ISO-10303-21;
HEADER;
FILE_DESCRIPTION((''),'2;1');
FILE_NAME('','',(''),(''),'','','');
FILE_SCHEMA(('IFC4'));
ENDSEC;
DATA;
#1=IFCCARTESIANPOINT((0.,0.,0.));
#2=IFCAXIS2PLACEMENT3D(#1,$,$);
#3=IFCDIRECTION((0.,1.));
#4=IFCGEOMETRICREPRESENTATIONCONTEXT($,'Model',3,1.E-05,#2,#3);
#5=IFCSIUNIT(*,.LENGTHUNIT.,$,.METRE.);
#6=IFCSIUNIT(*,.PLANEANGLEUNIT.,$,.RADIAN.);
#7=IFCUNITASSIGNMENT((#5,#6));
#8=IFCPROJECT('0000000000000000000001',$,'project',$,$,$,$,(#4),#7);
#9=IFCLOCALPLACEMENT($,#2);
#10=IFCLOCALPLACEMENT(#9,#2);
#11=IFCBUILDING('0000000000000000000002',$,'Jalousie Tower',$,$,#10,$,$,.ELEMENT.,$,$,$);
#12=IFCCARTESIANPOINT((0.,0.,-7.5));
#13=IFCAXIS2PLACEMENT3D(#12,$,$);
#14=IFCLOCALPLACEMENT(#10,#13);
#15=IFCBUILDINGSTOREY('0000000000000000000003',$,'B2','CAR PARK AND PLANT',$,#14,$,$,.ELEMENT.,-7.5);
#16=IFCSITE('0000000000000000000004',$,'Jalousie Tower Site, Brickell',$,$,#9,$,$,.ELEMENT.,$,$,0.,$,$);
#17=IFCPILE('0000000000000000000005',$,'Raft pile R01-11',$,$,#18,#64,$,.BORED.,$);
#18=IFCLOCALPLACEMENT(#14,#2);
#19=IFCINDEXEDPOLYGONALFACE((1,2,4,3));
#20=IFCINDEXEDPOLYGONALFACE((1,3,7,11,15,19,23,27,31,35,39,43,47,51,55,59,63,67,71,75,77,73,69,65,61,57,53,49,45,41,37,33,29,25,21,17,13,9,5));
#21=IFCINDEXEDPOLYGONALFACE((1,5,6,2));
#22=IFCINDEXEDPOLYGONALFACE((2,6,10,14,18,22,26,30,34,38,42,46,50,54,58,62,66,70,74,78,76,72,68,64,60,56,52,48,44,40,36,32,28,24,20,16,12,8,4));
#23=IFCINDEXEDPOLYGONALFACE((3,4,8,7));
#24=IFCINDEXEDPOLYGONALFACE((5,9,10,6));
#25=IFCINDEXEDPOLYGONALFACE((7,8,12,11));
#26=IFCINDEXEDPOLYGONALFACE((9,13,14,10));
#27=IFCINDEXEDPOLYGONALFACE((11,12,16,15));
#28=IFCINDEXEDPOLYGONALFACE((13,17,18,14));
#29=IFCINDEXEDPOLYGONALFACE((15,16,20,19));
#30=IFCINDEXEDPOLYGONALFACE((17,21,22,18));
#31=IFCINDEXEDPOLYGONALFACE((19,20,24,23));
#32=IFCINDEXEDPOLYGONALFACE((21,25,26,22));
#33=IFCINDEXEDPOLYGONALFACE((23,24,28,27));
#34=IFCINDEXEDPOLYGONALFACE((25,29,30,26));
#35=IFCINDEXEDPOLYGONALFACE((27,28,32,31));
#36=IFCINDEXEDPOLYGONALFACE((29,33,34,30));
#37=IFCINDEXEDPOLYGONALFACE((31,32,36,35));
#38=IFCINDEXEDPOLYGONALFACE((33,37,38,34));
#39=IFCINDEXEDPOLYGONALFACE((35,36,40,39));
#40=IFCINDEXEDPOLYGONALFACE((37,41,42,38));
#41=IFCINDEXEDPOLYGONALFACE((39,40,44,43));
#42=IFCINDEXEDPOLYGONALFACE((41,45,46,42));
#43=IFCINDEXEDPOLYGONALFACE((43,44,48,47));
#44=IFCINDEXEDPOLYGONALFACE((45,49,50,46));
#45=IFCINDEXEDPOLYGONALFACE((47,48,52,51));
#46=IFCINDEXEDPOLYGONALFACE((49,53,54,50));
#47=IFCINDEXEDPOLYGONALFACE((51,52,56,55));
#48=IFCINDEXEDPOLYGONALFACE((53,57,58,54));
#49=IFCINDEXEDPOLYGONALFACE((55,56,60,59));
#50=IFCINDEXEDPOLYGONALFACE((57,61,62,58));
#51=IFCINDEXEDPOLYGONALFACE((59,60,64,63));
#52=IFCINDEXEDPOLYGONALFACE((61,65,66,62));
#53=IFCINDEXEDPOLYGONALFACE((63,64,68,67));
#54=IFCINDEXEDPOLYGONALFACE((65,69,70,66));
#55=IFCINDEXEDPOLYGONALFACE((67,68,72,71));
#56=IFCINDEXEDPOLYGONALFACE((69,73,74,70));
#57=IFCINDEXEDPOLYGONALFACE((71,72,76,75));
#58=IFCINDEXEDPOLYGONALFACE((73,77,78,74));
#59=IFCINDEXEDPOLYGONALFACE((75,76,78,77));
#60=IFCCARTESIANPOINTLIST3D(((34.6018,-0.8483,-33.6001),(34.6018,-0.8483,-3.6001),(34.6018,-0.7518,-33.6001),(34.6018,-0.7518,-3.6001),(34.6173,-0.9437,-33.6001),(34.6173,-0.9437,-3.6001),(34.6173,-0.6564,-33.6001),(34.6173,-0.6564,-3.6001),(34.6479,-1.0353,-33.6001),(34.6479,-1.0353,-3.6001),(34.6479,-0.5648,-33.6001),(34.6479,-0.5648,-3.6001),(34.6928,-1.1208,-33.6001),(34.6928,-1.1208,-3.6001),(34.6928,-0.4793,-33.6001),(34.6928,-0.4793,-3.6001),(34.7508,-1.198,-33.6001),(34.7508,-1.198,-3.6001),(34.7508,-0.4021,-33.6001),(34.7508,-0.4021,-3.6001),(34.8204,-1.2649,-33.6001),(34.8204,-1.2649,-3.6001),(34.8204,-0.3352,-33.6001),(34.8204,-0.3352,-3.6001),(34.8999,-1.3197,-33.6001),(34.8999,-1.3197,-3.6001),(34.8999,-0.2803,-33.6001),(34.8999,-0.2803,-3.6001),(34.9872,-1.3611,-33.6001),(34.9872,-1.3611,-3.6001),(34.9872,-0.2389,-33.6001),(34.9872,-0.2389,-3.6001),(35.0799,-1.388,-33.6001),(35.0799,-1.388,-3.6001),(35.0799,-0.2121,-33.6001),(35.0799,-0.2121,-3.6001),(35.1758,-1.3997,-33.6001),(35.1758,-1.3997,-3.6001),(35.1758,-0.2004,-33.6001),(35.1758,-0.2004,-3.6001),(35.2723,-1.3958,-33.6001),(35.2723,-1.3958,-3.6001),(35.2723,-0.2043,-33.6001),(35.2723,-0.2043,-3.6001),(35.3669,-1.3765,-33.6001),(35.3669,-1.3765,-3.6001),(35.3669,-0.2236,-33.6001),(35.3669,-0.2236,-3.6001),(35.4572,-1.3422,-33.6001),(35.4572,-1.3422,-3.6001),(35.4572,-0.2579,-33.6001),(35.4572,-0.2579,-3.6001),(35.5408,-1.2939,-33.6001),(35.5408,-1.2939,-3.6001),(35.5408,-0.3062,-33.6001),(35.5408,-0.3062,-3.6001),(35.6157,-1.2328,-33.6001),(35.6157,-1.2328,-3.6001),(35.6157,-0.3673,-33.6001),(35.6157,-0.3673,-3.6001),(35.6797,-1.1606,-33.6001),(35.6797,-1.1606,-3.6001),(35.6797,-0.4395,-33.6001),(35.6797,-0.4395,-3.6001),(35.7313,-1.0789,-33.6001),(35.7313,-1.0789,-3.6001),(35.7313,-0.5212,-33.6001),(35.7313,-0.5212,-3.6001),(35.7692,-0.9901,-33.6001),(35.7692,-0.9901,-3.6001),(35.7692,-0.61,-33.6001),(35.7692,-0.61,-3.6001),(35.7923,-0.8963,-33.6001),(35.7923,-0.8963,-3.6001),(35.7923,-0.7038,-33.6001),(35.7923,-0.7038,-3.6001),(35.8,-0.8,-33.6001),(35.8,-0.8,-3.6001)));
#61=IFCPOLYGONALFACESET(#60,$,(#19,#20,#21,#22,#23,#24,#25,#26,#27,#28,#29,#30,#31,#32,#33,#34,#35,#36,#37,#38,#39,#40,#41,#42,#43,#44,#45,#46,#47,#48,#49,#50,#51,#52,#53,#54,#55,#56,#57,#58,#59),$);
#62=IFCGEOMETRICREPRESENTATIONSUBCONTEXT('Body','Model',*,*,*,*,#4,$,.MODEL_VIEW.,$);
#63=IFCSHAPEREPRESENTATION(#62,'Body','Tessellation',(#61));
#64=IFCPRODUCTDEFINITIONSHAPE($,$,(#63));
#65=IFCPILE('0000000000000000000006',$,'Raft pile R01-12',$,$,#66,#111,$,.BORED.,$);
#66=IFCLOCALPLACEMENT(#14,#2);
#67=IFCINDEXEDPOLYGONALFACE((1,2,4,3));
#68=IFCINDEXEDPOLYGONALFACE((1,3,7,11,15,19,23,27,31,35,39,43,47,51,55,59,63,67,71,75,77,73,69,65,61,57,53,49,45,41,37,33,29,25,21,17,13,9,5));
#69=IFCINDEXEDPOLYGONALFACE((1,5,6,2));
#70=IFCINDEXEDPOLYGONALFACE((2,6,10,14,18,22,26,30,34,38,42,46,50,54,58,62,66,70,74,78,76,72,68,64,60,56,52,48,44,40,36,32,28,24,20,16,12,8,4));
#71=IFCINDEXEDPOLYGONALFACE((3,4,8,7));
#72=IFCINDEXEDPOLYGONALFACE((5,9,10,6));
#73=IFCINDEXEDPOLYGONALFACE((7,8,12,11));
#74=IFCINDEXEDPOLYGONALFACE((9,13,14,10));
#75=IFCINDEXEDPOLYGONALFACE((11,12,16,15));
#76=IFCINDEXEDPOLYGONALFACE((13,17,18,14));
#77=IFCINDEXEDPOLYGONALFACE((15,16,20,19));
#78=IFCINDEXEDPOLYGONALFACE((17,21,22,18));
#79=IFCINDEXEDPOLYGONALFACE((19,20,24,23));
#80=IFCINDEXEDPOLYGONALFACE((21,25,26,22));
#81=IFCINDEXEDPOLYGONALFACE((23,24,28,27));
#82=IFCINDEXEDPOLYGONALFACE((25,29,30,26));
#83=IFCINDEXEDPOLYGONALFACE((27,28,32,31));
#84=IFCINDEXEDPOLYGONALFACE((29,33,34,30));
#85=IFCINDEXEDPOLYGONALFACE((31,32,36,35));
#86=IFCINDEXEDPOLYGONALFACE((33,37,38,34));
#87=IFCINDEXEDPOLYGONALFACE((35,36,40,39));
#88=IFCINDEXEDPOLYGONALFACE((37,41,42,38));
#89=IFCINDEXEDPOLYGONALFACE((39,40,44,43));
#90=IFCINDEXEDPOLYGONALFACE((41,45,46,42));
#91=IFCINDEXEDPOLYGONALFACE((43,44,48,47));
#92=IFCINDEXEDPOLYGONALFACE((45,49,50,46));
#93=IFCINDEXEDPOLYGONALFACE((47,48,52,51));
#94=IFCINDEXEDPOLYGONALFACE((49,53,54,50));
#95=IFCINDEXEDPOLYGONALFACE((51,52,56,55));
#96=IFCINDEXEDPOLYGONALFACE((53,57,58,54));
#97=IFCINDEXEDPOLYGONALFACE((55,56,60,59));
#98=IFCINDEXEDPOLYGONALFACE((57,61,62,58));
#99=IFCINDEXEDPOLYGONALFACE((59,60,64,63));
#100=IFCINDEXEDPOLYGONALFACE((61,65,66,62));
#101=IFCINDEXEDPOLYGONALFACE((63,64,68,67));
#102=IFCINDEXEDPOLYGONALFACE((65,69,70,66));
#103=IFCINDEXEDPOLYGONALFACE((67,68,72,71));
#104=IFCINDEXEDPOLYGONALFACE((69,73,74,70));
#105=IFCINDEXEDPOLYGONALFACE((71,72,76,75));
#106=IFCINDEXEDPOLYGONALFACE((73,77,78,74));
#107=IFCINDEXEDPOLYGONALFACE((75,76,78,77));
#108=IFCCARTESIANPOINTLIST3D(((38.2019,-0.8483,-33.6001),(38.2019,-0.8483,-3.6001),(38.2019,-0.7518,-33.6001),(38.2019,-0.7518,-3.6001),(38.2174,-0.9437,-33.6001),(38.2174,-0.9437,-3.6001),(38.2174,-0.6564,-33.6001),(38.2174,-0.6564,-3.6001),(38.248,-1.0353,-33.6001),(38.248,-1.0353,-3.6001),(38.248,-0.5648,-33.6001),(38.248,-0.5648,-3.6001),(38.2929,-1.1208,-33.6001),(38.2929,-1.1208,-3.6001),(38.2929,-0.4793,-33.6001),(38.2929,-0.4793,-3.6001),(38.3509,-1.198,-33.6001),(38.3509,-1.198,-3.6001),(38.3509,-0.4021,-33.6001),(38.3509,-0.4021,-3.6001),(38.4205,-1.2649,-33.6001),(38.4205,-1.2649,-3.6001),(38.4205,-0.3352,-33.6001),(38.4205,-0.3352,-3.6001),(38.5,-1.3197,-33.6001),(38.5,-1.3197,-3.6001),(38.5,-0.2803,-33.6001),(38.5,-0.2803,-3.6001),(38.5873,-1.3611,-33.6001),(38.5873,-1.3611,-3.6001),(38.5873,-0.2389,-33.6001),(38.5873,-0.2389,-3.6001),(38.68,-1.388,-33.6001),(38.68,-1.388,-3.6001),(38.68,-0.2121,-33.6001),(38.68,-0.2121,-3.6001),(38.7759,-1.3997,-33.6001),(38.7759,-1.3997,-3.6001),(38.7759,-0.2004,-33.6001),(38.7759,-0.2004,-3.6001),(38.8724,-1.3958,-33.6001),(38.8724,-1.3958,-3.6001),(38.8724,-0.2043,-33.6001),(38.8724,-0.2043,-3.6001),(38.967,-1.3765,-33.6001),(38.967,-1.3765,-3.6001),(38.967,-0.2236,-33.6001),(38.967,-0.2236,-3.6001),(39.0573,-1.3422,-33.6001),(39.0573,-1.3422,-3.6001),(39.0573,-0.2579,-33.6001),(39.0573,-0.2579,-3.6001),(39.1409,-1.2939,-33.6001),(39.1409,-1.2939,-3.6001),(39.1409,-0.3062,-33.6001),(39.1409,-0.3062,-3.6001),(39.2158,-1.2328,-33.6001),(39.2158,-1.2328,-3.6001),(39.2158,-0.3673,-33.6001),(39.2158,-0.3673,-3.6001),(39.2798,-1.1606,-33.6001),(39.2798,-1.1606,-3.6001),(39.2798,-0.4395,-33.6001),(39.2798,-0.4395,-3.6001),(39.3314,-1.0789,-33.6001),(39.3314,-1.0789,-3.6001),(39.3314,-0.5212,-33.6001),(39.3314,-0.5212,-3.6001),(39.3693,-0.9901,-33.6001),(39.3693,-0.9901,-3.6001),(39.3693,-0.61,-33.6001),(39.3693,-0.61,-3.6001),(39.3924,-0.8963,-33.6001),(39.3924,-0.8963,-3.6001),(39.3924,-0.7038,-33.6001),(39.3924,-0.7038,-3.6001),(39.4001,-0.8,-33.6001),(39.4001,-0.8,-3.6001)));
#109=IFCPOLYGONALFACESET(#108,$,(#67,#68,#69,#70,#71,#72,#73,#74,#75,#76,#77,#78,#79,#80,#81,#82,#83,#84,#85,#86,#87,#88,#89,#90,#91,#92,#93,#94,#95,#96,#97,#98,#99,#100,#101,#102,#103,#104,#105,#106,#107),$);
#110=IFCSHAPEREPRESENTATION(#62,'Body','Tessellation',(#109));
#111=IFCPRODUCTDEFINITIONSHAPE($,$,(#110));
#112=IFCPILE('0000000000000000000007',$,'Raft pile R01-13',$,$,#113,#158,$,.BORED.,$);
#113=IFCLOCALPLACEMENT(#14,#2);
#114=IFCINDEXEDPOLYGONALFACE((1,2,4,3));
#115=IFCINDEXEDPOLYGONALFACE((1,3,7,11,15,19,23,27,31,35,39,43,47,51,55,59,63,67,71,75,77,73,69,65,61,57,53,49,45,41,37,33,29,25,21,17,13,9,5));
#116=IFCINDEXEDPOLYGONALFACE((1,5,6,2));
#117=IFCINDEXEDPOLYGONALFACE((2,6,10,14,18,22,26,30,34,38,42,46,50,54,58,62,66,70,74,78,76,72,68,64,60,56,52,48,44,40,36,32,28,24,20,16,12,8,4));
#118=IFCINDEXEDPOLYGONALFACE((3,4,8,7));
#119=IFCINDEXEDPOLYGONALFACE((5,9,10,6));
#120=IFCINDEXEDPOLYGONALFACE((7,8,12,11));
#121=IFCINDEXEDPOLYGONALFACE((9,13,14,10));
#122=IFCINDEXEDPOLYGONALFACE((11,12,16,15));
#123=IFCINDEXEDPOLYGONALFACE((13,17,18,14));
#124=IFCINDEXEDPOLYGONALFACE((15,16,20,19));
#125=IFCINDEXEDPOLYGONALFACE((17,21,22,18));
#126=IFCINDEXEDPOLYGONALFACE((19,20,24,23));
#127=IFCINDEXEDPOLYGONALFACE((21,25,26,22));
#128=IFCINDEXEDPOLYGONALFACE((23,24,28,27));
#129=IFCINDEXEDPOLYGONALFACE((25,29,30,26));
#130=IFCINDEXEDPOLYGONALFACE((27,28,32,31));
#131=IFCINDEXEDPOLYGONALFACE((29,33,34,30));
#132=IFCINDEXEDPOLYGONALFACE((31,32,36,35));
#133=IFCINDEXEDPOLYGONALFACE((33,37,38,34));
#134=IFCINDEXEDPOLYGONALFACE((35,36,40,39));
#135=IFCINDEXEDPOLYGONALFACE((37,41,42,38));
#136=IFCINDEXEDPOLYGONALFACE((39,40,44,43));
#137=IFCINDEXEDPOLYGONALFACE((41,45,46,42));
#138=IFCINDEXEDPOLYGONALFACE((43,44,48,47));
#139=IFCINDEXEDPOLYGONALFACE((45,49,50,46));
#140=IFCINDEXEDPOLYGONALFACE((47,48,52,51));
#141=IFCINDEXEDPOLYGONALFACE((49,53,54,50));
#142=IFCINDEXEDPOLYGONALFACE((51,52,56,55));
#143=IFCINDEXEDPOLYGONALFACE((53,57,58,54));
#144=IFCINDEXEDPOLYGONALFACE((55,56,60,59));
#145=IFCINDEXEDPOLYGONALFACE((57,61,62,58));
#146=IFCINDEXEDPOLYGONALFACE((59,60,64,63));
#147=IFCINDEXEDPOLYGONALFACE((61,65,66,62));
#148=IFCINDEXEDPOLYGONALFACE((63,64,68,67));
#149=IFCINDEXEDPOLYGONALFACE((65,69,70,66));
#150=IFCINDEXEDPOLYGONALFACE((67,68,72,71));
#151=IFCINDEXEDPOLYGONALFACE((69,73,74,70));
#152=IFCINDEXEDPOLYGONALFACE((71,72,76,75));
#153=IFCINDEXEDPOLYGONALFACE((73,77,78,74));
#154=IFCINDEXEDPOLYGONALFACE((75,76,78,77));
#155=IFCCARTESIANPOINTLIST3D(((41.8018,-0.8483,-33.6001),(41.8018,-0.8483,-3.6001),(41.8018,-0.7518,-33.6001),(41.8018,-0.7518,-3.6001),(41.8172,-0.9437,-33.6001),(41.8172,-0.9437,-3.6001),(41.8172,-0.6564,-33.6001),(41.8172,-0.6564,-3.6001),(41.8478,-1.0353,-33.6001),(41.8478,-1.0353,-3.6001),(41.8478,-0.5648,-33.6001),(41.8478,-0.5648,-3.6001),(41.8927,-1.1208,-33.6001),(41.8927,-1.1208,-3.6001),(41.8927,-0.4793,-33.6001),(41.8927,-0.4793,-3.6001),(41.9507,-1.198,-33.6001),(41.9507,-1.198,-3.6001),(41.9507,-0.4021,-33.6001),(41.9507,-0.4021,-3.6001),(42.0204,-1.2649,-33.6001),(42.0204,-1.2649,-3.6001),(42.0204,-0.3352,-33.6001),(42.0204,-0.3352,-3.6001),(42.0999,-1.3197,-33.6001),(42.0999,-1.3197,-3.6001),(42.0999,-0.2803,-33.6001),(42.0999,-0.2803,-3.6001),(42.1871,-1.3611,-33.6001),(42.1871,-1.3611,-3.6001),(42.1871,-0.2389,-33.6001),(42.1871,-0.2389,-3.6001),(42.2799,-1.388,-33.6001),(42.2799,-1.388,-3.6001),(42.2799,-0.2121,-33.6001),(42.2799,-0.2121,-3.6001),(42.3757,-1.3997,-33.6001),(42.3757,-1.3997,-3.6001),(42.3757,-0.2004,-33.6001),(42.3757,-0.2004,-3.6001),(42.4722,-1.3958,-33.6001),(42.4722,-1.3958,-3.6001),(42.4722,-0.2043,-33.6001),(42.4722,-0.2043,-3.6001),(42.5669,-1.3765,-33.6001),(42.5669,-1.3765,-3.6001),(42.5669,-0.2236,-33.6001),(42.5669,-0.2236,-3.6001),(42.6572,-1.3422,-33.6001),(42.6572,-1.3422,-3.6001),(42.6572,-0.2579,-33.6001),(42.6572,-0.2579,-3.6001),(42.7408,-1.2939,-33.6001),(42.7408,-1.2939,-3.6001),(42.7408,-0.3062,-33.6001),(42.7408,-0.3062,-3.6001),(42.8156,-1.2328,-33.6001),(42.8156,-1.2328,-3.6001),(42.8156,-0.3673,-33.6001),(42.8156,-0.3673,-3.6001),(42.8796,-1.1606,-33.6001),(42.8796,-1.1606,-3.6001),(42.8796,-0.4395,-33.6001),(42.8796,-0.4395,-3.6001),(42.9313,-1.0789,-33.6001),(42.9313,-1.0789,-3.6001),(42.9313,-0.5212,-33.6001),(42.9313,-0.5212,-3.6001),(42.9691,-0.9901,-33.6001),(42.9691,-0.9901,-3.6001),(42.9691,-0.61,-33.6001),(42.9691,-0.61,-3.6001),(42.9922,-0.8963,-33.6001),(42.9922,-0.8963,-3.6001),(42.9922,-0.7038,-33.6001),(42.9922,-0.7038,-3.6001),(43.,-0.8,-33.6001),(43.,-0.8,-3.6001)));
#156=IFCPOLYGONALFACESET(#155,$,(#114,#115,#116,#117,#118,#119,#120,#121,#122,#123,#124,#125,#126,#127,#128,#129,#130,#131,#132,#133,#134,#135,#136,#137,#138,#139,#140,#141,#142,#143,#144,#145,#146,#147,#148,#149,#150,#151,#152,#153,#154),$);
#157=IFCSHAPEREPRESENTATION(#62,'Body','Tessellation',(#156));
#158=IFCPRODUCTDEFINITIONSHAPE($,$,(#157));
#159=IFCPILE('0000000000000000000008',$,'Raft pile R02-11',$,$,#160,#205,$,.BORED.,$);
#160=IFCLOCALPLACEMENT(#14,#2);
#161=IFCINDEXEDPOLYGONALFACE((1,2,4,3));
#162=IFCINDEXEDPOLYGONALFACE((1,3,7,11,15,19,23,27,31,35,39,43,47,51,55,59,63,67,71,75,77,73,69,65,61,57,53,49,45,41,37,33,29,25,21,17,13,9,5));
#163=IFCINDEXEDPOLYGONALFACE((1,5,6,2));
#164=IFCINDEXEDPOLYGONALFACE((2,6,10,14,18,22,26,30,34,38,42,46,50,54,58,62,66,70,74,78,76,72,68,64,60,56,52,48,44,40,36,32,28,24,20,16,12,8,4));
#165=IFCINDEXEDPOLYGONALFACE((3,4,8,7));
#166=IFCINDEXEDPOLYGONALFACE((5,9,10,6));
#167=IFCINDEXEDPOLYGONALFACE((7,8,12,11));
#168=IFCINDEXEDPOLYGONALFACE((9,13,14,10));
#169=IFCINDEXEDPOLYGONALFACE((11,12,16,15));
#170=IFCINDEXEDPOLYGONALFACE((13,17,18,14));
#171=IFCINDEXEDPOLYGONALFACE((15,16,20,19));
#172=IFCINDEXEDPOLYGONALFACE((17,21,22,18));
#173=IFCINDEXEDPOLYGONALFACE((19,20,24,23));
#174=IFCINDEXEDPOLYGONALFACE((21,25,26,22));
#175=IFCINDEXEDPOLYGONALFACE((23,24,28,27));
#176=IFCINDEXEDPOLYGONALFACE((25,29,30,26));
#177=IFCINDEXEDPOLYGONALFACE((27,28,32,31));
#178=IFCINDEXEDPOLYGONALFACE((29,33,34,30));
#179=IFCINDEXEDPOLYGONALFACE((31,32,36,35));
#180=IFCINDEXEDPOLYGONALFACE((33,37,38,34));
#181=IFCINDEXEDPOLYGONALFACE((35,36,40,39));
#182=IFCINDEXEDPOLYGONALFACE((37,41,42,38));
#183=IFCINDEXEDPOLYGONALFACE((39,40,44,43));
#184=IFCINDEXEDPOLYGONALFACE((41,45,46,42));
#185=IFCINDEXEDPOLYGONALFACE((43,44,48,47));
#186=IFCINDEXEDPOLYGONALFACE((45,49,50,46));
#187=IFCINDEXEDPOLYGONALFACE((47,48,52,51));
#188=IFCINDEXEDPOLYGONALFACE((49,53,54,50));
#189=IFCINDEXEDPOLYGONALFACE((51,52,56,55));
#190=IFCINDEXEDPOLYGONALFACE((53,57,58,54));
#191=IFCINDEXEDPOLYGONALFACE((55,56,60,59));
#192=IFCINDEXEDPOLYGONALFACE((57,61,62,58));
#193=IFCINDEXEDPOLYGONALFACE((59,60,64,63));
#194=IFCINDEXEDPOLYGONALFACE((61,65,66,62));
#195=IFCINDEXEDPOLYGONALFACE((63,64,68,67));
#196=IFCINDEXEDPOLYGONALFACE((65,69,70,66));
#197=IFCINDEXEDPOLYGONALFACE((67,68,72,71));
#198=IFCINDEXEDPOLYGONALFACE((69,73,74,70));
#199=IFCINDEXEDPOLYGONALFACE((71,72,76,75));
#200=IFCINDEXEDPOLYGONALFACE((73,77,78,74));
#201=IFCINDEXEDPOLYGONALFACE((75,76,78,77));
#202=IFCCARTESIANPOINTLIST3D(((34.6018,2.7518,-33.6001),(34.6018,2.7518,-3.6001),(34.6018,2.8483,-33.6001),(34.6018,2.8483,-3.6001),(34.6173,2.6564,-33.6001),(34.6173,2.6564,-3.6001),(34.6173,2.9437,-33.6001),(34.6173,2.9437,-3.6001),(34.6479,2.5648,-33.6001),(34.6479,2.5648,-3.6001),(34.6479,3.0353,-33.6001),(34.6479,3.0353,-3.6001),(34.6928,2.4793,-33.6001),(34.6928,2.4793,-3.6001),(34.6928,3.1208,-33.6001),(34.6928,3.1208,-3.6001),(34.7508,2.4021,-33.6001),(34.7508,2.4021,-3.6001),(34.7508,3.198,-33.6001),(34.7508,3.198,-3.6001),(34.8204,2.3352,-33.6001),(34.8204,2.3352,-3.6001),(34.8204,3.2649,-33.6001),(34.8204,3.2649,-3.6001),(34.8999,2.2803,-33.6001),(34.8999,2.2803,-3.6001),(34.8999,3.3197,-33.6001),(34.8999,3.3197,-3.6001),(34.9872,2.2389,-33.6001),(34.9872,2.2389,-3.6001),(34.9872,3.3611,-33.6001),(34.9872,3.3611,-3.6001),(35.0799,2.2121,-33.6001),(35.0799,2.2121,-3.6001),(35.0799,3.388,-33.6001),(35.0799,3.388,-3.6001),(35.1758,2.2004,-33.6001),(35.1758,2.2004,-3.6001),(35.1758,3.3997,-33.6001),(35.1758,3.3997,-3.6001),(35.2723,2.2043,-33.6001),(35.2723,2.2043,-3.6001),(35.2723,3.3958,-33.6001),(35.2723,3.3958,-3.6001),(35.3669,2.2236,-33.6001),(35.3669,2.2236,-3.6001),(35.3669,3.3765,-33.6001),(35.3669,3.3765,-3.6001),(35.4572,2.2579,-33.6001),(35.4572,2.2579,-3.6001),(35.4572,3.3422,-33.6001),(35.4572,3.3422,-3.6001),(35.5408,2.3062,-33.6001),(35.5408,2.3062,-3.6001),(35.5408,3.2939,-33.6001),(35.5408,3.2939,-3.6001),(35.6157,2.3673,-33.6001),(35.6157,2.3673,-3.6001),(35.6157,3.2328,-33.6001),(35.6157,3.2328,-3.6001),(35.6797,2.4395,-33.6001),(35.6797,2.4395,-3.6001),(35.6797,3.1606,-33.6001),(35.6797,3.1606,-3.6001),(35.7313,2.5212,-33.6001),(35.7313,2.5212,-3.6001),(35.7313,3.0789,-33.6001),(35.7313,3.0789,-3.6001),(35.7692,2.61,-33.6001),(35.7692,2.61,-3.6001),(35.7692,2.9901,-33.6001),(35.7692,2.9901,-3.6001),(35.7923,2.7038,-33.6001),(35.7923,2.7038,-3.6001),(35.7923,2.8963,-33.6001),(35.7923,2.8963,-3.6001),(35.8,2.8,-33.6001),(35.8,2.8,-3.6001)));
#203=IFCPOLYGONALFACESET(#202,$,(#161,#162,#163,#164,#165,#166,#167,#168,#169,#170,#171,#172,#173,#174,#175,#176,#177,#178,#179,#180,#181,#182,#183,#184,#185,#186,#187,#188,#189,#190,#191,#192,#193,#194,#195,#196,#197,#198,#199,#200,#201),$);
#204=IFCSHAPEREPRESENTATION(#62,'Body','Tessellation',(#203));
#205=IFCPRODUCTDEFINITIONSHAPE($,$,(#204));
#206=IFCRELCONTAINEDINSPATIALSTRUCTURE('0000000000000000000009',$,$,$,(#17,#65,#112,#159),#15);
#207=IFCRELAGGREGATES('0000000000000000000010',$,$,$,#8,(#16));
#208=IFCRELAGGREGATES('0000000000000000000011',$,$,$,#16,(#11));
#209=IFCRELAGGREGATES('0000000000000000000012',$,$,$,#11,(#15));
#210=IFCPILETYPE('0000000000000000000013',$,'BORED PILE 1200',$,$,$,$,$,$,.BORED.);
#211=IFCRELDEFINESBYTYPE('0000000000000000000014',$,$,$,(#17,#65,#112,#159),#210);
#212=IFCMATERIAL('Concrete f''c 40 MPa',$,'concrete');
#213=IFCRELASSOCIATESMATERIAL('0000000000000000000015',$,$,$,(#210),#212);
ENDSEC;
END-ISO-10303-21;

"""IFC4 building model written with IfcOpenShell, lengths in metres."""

from ifc_helpers import new_model, si_unit, direction, frame, origin, origin_2d, place, context, subcontext, project, spatial, circle, extrude, material, material_profile, profile_set, type_object, element, save


model = new_model("IFC4")

# Units and contexts
model_context = context("Model", 3, precision=1e-05, world=origin(), true_north=direction((0.0, 1.0)))
body_context = subcontext(model_context, "Body", "Model", "MODEL_VIEW")
ifc_project = project(units=[si_unit("LENGTHUNIT", "METRE"), si_unit("PLANEANGLEUNIT", "RADIAN")], contexts=[model_context])

# Site, building, storey
site_placement = place(None, origin())
site = spatial("IfcSite", under=ifc_project, at=site_placement, Name="Jalousie Tower Site, Brickell", CompositionType="ELEMENT", RefElevation=0.0)
building_placement = place(site_placement, origin())
building = spatial("IfcBuilding", under=site, at=building_placement, Name="Jalousie Tower", CompositionType="ELEMENT")
storey_placement = place(building_placement, frame((0.0, 0.0, -7.5)))
storey = spatial("IfcBuildingStorey", under=building, at=storey_placement, Name="B2", Description="CAR PARK AND PLANT", CompositionType="ELEMENT", Elevation=-7.5)

# Piles
ifc_material_1 = material(Name="Concrete f'c 40 MPa", Category="concrete")
ifc_material_profile_1 = material_profile(ifc_material_1, circle(Radius=0.6001, at=origin_2d()), Name="BORED PILE D1200")
ifc_profile_set_1 = profile_set([ifc_material_profile_1], Name="Concrete f'c 40 MPa")
pile_type_1 = type_object("IfcPileType", Name="BORED PILE 1200", PredefinedType="BORED", material=ifc_profile_set_1)
for number, where, z_axis, x_axis, name in (
    (1, (35.2, -0.8, -3.6001), (0.0, 0.0, -1.0), (1.0, 0.0, 0.0), "Raft pile R01-11"),
    (2, (38.8, -0.8, -3.6001), (0.0, 0.0, -1.0), (1.0, 0.0, 0.0), "Raft pile R01-12"),
    (3, (42.3999, -0.8, -3.6001), (0.0, 0.0, -1.0), (1.0, 0.0, 0.0), "Raft pile R01-13"),
    (4, (35.2, 2.8, -3.6001), (0.0, 0.0, -1.0), (1.0, 0.0, 0.0), "Raft pile R02-11"),
):
    element("IfcPile", number, at=place(storey_placement, frame(where, z_axis=z_axis, x_axis=x_axis)), inside=storey, type_object=pile_type_1, Name=name, PredefinedType="BORED", context=body_context, shape_type="SweptSolid", body=[
        extrude(circle(Radius=0.6001, at=origin_2d()), origin(), (0.0, 0.0, 1.0), 30.0),
    ])

save(model, "model.ifc")
